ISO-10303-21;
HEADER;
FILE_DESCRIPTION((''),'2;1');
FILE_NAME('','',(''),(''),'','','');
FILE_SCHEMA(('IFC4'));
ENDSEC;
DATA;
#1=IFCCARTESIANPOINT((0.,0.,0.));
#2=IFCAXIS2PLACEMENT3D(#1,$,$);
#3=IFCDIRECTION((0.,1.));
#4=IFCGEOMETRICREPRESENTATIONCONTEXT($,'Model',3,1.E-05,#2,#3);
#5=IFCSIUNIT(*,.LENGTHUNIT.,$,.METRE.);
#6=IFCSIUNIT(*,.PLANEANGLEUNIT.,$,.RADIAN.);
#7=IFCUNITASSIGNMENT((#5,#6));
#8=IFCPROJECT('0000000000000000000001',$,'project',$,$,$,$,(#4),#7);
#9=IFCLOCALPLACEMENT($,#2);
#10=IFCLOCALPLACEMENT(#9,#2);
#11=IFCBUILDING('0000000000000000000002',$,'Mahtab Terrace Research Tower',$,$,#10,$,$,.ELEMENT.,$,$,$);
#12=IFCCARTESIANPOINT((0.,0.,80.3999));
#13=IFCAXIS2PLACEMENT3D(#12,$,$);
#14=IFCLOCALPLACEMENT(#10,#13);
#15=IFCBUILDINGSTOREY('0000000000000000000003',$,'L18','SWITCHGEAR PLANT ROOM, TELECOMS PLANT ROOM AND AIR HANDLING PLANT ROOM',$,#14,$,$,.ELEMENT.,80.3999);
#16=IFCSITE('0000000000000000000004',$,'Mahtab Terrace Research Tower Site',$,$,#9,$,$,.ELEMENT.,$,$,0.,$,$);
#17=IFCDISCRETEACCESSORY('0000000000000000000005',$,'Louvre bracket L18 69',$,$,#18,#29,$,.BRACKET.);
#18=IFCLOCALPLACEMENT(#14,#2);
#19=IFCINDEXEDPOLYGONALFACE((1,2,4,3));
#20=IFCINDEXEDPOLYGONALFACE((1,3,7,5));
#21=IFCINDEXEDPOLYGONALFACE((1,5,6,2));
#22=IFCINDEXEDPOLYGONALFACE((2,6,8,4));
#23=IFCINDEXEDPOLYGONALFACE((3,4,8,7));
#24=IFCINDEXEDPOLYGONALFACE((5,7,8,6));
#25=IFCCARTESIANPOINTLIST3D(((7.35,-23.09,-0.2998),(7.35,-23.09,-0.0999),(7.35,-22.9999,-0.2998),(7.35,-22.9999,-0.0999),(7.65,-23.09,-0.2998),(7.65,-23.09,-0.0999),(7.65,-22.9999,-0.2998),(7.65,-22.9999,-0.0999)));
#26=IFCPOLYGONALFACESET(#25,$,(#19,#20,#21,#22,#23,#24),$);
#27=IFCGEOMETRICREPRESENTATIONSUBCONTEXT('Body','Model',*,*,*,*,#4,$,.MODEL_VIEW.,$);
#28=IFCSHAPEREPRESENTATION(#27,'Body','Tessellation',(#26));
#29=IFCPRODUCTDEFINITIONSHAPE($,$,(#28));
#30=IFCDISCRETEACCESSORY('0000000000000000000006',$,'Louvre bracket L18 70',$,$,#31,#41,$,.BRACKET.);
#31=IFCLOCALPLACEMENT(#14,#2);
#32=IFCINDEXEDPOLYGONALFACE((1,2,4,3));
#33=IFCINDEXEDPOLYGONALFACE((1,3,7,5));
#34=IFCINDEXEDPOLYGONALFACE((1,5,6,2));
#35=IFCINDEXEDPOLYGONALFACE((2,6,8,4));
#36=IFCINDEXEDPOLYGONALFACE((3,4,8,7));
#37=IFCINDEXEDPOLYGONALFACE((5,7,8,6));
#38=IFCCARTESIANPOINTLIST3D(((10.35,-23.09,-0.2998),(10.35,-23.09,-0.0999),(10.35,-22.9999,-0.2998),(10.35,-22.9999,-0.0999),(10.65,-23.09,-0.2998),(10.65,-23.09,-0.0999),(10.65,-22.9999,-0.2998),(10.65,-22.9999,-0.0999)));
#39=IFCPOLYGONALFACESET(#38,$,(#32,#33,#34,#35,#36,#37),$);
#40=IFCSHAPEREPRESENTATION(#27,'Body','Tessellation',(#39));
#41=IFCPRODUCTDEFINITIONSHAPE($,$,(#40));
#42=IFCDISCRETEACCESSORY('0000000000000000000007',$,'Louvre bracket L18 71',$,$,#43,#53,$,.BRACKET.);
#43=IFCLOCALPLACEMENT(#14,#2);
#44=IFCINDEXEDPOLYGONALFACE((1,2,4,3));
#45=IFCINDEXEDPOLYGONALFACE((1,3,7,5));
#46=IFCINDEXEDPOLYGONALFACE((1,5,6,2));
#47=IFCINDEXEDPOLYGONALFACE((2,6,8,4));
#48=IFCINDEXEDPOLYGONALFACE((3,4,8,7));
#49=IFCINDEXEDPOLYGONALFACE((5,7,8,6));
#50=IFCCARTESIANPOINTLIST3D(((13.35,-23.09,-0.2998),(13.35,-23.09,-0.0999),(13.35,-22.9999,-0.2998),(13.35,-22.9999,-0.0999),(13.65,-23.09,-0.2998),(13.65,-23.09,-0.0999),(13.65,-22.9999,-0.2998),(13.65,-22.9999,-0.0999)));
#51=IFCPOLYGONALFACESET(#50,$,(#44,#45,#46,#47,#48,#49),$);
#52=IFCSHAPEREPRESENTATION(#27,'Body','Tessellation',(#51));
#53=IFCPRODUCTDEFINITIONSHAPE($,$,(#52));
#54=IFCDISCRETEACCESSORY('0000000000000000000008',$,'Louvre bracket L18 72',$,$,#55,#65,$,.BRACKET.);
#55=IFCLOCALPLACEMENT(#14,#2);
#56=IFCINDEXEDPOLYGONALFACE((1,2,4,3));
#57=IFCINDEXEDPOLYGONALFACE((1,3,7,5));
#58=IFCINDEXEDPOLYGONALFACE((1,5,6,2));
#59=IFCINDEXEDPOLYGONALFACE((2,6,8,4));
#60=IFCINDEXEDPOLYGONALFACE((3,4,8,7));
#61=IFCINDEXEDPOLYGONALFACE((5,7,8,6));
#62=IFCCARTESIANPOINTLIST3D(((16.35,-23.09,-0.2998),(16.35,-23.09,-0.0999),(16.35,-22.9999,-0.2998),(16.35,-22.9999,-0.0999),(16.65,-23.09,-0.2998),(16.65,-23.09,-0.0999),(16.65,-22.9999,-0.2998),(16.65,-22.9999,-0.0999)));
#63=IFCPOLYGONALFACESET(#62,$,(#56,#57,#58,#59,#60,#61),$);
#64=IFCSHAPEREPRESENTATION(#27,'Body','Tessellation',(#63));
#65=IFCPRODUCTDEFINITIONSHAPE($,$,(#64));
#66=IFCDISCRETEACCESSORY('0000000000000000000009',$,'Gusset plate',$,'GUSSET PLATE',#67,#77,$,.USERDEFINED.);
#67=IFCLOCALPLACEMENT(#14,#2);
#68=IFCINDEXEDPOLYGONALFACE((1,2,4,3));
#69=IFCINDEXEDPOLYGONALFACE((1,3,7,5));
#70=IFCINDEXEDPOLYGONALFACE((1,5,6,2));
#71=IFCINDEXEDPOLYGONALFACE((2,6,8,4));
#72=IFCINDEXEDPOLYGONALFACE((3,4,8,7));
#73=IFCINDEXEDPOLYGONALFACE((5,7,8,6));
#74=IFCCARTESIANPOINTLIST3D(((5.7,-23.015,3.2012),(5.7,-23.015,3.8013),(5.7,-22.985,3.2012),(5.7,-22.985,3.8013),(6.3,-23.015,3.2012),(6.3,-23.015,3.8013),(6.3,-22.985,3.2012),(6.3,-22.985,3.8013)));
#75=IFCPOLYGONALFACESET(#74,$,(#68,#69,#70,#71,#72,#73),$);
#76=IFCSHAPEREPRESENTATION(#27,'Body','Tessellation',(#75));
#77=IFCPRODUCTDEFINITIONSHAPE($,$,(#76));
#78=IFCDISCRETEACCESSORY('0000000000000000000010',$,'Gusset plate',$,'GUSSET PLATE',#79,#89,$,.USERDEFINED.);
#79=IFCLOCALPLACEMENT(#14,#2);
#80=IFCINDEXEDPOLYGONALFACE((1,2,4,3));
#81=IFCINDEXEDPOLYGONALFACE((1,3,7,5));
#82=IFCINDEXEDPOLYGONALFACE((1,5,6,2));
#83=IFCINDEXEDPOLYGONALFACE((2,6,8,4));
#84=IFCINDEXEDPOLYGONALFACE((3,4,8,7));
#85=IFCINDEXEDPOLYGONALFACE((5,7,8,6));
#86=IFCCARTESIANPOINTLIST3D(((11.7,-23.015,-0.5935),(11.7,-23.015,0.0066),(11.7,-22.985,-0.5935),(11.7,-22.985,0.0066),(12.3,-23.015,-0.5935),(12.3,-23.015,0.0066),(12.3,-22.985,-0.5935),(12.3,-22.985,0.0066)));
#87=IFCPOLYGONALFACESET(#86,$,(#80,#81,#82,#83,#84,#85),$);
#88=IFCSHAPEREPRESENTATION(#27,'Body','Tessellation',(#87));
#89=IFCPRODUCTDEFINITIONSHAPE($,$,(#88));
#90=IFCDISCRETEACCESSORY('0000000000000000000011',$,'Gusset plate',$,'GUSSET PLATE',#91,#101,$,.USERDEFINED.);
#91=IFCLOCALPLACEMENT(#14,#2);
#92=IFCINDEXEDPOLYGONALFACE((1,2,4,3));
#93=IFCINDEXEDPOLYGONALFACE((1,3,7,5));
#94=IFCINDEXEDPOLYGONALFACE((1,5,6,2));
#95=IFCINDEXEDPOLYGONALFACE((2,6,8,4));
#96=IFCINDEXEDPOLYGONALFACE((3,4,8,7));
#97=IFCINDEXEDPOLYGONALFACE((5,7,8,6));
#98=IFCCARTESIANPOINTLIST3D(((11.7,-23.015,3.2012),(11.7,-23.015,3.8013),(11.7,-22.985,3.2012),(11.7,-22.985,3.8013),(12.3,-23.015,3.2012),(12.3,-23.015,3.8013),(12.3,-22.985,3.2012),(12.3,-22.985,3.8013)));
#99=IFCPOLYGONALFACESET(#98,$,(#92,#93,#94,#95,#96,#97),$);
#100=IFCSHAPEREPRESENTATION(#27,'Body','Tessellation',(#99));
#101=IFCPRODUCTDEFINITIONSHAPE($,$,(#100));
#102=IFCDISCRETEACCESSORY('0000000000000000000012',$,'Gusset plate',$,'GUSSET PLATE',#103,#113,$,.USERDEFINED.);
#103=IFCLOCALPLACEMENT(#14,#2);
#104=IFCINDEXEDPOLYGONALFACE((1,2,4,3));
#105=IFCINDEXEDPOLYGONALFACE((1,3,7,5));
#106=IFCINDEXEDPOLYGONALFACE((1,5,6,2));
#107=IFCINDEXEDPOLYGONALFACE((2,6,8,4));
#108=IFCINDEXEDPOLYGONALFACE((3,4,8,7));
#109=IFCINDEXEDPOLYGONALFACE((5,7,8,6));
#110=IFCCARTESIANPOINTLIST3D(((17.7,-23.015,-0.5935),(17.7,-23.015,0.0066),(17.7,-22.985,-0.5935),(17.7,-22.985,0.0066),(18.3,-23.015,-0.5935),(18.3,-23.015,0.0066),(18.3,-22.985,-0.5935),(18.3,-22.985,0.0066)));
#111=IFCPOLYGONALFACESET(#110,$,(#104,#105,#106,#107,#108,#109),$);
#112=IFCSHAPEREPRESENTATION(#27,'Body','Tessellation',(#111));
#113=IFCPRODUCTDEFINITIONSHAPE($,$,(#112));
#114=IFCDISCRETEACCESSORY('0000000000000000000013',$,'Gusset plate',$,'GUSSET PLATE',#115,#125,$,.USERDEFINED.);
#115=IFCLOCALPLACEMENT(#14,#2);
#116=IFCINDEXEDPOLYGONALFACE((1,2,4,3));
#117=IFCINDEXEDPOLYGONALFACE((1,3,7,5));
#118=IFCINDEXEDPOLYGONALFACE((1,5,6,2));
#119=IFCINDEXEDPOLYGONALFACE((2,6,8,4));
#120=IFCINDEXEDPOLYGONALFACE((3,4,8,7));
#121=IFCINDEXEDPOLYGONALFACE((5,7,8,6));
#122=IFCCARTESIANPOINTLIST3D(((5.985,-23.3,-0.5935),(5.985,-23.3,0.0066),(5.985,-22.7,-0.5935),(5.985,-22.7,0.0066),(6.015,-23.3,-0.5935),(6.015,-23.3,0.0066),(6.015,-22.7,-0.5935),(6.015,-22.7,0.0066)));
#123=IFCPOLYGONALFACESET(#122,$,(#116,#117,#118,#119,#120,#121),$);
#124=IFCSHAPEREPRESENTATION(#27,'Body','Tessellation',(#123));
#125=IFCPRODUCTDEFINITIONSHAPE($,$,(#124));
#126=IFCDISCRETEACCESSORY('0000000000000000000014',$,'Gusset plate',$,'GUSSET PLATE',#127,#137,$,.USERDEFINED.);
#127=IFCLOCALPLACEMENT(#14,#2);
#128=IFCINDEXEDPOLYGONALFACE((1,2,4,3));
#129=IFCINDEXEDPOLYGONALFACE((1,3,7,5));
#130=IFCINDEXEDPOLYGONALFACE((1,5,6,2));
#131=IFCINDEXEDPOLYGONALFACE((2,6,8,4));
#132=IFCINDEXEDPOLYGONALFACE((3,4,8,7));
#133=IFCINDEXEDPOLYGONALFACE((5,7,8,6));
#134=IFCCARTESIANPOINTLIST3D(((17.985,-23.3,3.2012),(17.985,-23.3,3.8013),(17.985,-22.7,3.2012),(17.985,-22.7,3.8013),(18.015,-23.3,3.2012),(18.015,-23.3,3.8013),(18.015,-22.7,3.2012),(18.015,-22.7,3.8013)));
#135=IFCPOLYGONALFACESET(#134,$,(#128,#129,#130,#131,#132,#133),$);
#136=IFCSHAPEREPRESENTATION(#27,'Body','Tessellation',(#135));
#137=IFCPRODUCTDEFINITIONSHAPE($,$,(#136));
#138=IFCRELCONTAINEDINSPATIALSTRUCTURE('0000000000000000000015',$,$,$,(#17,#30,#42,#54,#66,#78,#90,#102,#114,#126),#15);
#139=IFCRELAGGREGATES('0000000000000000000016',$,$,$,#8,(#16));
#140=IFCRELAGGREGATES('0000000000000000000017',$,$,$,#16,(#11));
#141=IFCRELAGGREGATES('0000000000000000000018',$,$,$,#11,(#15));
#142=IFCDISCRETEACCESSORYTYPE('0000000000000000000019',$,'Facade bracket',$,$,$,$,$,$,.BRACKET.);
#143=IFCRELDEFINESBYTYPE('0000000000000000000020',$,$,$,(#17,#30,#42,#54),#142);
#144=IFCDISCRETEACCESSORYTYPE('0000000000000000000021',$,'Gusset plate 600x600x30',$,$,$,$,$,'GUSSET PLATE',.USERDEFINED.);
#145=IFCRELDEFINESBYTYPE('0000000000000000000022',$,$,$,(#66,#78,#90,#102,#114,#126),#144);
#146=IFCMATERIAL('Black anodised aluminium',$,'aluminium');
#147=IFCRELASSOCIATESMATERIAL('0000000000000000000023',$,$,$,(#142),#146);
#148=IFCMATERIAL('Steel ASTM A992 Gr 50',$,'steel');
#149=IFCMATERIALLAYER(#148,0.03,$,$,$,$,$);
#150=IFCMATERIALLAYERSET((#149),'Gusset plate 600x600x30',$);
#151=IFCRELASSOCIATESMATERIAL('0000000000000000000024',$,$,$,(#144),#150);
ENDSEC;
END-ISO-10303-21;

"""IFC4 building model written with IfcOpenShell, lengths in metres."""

from ifc_helpers import new_model, si_unit, direction, frame, origin, origin_2d, place, context, subcontext, project, spatial, rectangle, extrude, material, layer, layer_set, type_object, element, save


model = new_model("IFC4")

# Units and contexts
model_context = context("Model", 3, precision=1e-05, world=origin(), true_north=direction((0.0, 1.0)))
body_context = subcontext(model_context, "Body", "Model", "MODEL_VIEW")
ifc_project = project(units=[si_unit("LENGTHUNIT", "METRE"), si_unit("PLANEANGLEUNIT", "RADIAN")], contexts=[model_context])

# Site, building, storey
site_placement = place(None, origin())
site = spatial("IfcSite", under=ifc_project, at=site_placement, Name="Mahtab Terrace Research Tower Site", CompositionType="ELEMENT", RefElevation=0.0)
building_placement = place(site_placement, origin())
building = spatial("IfcBuilding", under=site, at=building_placement, Name="Mahtab Terrace Research Tower", CompositionType="ELEMENT")
storey_placement = place(building_placement, frame((0.0, 0.0, 80.3999)))
storey = spatial("IfcBuildingStorey", under=building, at=storey_placement, Name="L18", Description="SWITCHGEAR PLANT ROOM, TELECOMS PLANT ROOM AND AIR HANDLING PLANT ROOM", CompositionType="ELEMENT", Elevation=80.3999)

# Shared definitions
ifc_material_1 = material(Name="Steel ASTM A992 Gr 50", Category="steel")

# Discrete accessories
ifc_material_2 = material(Name="Black anodised aluminium", Category="aluminium")
discrete_accessory_type_1 = type_object("IfcDiscreteAccessoryType", Name="Facade bracket", PredefinedType="BRACKET", material=ifc_material_2)
for number, where, z_axis, x_axis, name in (
    (1, (7.5, -23.0449, -0.2998), (0.0, 0.0, 1.0), (1.0, 0.0, 0.0), "Louvre bracket L18 69"),
    (2, (10.5, -23.0449, -0.2998), (0.0, 0.0, 1.0), (1.0, 0.0, 0.0), "Louvre bracket L18 70"),
    (3, (13.5, -23.0449, -0.2998), (0.0, 0.0, 1.0), (1.0, 0.0, 0.0), "Louvre bracket L18 71"),
    (4, (16.5, -23.0449, -0.2998), (0.0, 0.0, 1.0), (1.0, 0.0, 0.0), "Louvre bracket L18 72"),
):
    element("IfcDiscreteAccessory", number, at=place(storey_placement, frame(where, z_axis=z_axis, x_axis=x_axis)), inside=storey, type_object=discrete_accessory_type_1, Name=name, PredefinedType="BRACKET", context=body_context, shape_type="SweptSolid", body=[
        extrude(rectangle(XDim=0.3, YDim=0.0901, at=origin_2d()), origin(), (0.0, 0.0, 1.0), 0.2),
    ])
ifc_layer = layer(ifc_material_1, 0.03)
ifc_layer_set = layer_set([ifc_layer], Name="Gusset plate 600x600x30")
discrete_accessory_type_2 = type_object("IfcDiscreteAccessoryType", Name="Gusset plate 600x600x30", ElementType="GUSSET PLATE", PredefinedType="USERDEFINED", material=ifc_layer_set)
for number, where, z_axis, x_axis, name in (
    (5, (6.0, -23.0, 3.2012), (0.0, 0.0, 1.0), (1.0, 0.0, 0.0), "Gusset plate"),
    (6, (12.0, -23.0, -0.5935), (0.0, 0.0, 1.0), (1.0, 0.0, 0.0), "Gusset plate"),
    (7, (12.0, -23.0, 3.2012), (0.0, 0.0, 1.0), (1.0, 0.0, 0.0), "Gusset plate"),
    (8, (18.0, -23.0, -0.5935), (0.0, 0.0, 1.0), (1.0, 0.0, 0.0), "Gusset plate"),
    (9, (6.0, -23.0, -0.5935), (0.0, 0.0, 1.0), (0.0, 1.0, 0.0), "Gusset plate"),
    (10, (18.0, -23.0, 3.2012), (0.0, 0.0, 1.0), (0.0, 1.0, 0.0), "Gusset plate"),
):
    element("IfcDiscreteAccessory", number, at=place(storey_placement, frame(where, z_axis=z_axis, x_axis=x_axis)), inside=storey, type_object=discrete_accessory_type_2, Name=name, ObjectType="GUSSET PLATE", PredefinedType="USERDEFINED", context=body_context, shape_type="SweptSolid", body=[
        extrude(rectangle(XDim=0.6001, YDim=0.03, at=origin_2d()), origin(), (0.0, 0.0, 1.0), 0.6001),
    ])

save(model, "model.ifc")
